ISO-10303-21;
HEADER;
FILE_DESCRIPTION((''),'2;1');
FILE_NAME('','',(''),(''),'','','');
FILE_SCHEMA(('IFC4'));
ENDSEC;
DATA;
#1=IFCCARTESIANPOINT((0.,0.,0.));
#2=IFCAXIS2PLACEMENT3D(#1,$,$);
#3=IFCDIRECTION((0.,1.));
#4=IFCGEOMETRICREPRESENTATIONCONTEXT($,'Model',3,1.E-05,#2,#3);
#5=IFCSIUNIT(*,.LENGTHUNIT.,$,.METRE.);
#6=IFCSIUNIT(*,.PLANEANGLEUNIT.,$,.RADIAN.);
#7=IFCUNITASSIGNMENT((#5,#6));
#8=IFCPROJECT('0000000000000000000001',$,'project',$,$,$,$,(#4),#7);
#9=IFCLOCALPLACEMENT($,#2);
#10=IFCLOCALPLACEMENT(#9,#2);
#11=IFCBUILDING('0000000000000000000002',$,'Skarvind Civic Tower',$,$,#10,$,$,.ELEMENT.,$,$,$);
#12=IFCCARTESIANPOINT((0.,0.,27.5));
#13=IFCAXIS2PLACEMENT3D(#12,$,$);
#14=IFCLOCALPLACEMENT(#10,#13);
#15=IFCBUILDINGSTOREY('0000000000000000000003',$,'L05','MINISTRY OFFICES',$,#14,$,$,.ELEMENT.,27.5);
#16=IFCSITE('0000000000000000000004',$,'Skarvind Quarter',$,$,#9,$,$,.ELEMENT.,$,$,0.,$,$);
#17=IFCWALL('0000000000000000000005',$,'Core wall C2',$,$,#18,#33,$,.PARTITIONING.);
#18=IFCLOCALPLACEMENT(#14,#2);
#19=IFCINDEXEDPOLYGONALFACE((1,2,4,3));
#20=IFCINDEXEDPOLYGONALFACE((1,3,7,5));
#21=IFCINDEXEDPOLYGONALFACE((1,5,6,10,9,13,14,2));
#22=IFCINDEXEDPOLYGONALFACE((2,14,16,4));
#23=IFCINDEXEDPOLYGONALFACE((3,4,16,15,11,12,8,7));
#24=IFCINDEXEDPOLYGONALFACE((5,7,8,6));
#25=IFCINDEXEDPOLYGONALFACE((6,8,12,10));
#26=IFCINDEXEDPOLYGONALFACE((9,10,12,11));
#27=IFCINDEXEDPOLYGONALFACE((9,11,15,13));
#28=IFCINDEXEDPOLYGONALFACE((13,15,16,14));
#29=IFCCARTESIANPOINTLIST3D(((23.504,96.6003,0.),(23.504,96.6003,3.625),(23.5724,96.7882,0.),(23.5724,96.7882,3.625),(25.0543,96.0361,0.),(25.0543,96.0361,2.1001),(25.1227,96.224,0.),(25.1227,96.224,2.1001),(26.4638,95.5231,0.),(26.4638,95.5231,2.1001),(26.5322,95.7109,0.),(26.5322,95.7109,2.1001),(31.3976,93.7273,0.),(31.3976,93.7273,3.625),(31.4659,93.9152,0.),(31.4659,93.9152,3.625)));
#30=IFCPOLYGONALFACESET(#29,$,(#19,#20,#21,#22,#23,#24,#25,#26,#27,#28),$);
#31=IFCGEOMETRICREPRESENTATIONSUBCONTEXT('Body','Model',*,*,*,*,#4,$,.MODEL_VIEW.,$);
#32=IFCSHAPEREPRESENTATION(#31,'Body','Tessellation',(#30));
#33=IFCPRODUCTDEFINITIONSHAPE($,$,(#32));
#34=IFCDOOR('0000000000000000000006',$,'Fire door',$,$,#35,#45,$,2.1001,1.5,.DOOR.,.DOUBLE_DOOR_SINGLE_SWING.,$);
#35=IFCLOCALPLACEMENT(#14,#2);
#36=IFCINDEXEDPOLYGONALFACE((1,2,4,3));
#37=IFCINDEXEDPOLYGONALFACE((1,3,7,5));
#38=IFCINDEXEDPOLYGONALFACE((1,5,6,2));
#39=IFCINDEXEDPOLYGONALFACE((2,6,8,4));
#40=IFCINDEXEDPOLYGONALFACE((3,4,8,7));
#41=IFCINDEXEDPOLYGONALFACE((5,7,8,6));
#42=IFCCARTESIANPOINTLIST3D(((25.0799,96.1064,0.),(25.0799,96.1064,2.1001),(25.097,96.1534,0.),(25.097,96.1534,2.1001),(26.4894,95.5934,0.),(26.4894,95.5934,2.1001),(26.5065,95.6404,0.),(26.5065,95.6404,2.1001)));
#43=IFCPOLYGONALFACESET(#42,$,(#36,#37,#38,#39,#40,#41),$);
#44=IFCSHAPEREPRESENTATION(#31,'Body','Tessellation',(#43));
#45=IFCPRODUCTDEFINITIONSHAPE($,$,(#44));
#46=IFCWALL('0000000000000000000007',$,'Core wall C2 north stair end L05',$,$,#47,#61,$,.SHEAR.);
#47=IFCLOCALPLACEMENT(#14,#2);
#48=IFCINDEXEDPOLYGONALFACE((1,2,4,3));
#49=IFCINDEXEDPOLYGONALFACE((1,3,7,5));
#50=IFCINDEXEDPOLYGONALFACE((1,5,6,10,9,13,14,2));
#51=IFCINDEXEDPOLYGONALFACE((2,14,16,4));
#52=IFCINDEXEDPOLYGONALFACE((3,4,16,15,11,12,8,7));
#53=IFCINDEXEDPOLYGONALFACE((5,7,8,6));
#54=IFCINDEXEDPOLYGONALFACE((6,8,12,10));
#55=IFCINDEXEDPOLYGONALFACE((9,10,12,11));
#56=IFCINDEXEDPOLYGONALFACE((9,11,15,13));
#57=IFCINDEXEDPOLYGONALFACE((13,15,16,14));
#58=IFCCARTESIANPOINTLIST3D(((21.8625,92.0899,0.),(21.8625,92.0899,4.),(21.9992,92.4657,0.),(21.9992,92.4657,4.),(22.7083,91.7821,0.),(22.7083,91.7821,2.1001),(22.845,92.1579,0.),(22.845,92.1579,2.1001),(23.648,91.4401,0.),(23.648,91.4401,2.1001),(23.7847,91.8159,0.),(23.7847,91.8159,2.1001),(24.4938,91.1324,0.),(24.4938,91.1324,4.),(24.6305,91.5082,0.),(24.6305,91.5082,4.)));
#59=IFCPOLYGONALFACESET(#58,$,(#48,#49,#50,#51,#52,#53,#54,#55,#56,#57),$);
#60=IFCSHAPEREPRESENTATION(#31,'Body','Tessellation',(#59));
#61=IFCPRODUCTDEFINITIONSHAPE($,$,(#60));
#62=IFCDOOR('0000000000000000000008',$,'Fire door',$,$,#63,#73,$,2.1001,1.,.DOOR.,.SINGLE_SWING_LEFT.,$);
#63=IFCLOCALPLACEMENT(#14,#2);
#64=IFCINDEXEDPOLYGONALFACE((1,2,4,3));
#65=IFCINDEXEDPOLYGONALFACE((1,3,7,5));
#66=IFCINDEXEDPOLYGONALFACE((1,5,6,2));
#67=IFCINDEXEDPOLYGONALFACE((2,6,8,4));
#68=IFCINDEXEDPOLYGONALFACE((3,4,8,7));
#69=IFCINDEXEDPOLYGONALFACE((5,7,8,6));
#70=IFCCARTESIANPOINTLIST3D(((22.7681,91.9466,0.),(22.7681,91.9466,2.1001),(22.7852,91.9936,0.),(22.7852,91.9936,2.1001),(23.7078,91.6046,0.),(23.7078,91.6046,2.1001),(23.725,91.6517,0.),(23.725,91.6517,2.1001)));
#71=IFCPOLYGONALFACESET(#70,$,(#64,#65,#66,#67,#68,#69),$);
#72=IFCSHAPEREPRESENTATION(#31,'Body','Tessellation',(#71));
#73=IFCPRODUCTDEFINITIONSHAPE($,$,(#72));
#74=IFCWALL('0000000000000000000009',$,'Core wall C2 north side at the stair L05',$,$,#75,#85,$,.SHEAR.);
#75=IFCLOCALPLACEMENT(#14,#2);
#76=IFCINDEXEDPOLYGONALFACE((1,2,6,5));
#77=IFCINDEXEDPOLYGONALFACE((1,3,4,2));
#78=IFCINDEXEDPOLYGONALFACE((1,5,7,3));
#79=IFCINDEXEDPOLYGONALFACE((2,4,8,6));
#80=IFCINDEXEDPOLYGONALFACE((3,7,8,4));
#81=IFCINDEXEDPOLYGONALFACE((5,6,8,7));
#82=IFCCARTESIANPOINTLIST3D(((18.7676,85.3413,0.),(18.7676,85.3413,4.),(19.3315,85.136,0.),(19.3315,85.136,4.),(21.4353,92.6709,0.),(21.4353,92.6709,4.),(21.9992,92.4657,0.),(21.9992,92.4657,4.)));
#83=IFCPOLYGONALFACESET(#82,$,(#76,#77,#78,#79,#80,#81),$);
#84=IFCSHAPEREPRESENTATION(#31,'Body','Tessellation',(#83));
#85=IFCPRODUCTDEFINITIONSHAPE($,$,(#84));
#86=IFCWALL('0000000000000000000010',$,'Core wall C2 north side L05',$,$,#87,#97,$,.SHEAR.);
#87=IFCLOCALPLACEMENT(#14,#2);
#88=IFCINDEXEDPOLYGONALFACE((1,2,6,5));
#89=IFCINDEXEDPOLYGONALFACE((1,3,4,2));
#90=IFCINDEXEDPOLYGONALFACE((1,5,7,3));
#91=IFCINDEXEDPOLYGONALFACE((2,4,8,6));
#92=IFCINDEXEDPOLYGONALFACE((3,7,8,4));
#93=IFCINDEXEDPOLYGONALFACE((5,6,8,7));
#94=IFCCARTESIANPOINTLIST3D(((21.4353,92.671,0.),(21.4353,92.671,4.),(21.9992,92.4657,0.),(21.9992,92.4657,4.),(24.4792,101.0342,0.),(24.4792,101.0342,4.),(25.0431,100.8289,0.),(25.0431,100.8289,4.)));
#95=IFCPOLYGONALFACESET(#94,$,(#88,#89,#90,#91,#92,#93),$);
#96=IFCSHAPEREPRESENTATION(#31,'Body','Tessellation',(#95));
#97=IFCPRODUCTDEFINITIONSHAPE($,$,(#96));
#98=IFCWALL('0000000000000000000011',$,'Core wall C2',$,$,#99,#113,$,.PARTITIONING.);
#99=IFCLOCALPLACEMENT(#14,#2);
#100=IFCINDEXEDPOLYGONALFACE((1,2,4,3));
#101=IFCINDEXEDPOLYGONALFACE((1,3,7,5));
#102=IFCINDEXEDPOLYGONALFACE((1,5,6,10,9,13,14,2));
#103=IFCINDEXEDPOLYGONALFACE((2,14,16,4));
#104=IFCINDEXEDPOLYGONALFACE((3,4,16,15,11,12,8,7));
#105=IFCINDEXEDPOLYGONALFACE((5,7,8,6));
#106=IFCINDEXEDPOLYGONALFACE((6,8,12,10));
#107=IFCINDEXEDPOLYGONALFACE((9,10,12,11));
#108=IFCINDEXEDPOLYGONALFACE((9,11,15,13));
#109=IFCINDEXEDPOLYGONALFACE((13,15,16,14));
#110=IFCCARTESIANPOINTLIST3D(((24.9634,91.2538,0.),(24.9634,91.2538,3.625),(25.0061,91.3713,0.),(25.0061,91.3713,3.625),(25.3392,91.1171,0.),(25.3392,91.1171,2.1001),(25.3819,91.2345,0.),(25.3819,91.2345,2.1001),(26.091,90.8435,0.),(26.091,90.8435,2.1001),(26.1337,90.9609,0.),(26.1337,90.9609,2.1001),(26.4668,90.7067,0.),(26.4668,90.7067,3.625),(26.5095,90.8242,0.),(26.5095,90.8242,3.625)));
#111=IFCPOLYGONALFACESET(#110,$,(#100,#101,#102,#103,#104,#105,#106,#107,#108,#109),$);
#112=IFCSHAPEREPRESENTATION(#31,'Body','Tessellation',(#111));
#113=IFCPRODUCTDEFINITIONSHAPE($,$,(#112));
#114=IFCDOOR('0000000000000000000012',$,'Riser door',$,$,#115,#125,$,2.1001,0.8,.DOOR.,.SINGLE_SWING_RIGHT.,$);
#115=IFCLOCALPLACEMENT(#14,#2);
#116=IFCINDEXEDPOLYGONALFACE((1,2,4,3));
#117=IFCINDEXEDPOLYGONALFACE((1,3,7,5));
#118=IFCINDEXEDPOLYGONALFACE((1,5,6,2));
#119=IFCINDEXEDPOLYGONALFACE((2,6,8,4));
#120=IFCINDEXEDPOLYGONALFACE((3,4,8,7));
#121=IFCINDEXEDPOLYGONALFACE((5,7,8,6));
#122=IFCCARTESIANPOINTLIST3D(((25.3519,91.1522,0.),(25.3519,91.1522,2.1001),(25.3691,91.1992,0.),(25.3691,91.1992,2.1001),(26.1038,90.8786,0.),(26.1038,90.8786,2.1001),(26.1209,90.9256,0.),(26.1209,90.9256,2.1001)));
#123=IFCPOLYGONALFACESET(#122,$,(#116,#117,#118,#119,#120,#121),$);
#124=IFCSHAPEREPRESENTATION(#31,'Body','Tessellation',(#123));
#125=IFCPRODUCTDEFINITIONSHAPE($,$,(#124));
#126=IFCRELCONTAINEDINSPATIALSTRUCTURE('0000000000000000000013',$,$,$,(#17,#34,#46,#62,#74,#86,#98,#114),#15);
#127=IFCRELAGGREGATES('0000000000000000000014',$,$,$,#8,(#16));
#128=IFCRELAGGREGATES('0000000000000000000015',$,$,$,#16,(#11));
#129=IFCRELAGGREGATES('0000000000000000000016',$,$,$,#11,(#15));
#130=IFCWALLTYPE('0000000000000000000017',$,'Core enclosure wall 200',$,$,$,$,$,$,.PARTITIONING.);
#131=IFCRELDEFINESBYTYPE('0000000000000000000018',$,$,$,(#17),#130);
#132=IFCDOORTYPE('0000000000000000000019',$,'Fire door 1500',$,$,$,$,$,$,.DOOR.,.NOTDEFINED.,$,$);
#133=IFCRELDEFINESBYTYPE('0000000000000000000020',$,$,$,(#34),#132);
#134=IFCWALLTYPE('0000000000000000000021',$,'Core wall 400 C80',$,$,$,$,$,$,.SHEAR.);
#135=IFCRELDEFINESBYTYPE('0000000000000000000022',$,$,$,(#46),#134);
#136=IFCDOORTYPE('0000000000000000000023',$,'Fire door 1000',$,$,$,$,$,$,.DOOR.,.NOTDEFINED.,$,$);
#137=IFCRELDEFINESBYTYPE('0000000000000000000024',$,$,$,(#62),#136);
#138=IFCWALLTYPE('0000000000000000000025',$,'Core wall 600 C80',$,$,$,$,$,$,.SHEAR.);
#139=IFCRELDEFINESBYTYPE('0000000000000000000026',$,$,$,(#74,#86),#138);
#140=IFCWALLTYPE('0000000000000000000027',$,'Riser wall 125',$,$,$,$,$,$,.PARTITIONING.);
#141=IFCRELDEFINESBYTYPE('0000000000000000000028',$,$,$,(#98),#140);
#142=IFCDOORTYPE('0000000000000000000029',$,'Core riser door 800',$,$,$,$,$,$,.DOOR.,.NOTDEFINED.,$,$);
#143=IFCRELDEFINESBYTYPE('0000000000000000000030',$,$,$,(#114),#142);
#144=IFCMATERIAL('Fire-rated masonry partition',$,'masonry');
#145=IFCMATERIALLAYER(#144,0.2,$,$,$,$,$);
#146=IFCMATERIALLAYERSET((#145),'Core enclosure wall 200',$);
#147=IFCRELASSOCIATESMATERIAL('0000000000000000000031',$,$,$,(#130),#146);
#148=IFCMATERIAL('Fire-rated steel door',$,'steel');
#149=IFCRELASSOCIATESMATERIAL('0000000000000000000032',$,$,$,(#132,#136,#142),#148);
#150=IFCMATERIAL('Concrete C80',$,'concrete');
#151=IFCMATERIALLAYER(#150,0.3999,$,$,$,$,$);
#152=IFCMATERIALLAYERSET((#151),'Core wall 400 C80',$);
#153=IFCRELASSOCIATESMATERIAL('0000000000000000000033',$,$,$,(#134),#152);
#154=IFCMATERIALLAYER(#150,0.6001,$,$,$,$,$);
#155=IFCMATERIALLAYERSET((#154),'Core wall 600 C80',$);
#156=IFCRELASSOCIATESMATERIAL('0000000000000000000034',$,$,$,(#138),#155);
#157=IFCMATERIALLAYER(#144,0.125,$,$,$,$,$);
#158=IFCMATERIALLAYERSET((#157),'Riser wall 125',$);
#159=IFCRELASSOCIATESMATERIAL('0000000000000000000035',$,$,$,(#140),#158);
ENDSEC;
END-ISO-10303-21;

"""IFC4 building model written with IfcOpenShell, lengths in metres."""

from ifc_helpers import new_model, si_unit, direction, frame, frame_2d, origin, place, context, subcontext, project, spatial, rectangle, extrude, material, layer, layer_set, type_object, element, fill, save


model = new_model("IFC4")

# Units and contexts
model_context = context("Model", 3, precision=1e-05, world=origin(), true_north=direction((0.0, 1.0)))
body_context = subcontext(model_context, "Body", "Model", "MODEL_VIEW")
ifc_project = project(units=[si_unit("LENGTHUNIT", "METRE"), si_unit("PLANEANGLEUNIT", "RADIAN")], contexts=[model_context])

# Site, building, storey
site_placement = place(None, origin())
site = spatial("IfcSite", under=ifc_project, at=site_placement, Name="Skarvind Quarter", CompositionType="ELEMENT", RefElevation=0.0)
building_placement = place(site_placement, origin())
building = spatial("IfcBuilding", under=site, at=building_placement, Name="Skarvind Civic Tower", CompositionType="ELEMENT")
storey_placement = place(building_placement, frame((0.0, 0.0, 27.5)))
storey = spatial("IfcBuildingStorey", under=building, at=storey_placement, Name="L05", Description="MINISTRY OFFICES", CompositionType="ELEMENT", Elevation=27.5)

# Walls, openings, doors
ifc_material_1 = material(Name="Fire-rated masonry partition", Category="masonry")
ifc_layer_1 = layer(ifc_material_1, 0.2)
ifc_layer_set_1 = layer_set([ifc_layer_1], Name="Core enclosure wall 200")
wall_type_1 = type_object("IfcWallType", Name="Core enclosure wall 200", PredefinedType="PARTITIONING", material=ifc_layer_set_1)
wall_1_placement = place(storey_placement, frame((23.5381, 96.6943, 0.0), z_axis=(0.0, 0.0, 1.0), x_axis=(0.939692, -0.342023, 0.0)))
wall_1 = element("IfcWall", 1, at=wall_1_placement, inside=storey, type_object=wall_type_1, Name="Core wall C2", PredefinedType="PARTITIONING", context=body_context, shape_type="SweptSolid", body=[
    extrude(rectangle(XDim=8.4001, YDim=0.2, at=frame_2d((4.2002, 0.0))), origin(), (0.0, 0.0, 1.0), 3.625),
])
opening_1_placement = place(wall_1_placement, frame((1.6499, 0.0, 0.0)))
opening_1 = element("IfcOpeningElement", 2, at=opening_1_placement, cuts=wall_1, PredefinedType="OPENING", context=body_context, shape_type="SweptSolid", body=[
    extrude(rectangle(XDim=1.5, YDim=2.1001, at=frame_2d((0.75, 1.05))), frame((0.0, 0.1099, 0.0), z_axis=(0.0, -1.0, 0.0), x_axis=(1.0, 0.0, 0.0)), (0.0, 0.0, 1.0), 0.22),
])
ifc_material_2 = material(Name="Fire-rated steel door", Category="steel")
door_type_1 = type_object("IfcDoorType", Name="Fire door 1500", OperationType="NOTDEFINED", PredefinedType="DOOR", material=ifc_material_2)
door_1_placement = place(opening_1_placement, origin())
door_1 = element("IfcDoor", 3, at=door_1_placement, inside=storey, type_object=door_type_1, Name="Fire door", OperationType="DOUBLE_DOOR_SINGLE_SWING", OverallHeight=2.1001, OverallWidth=1.5, PredefinedType="DOOR", context=body_context, shape_type="SweptSolid", body=[
    extrude(rectangle(XDim=1.5, YDim=2.1001, at=frame_2d((0.75, 1.05))), frame((0.0, 0.0249, 0.0), z_axis=(0.0, -1.0, 0.0), x_axis=(1.0, 0.0, 0.0)), (0.0, 0.0, 1.0), 0.05),
])
fill(opening_1, door_1)
ifc_material_3 = material(Name="Concrete C80", Category="concrete")
ifc_layer_2 = layer(ifc_material_3, 0.3999)
ifc_layer_set_2 = layer_set([ifc_layer_2], Name="Core wall 400 C80")
wall_type_2 = type_object("IfcWallType", Name="Core wall 400 C80", PredefinedType="SHEAR", material=ifc_layer_set_2)
wall_2_placement = place(storey_placement, frame((24.562, 91.3203, 0.0), z_axis=(0.0, 0.0, 1.0), x_axis=(-0.939717, 0.341953, 0.0)))
wall_2 = element("IfcWall", 4, at=wall_2_placement, inside=storey, type_object=wall_type_2, Name="Core wall C2 north stair end L05", PredefinedType="SHEAR", context=body_context, shape_type="SweptSolid", body=[
    extrude(rectangle(XDim=2.8, YDim=0.3999, at=frame_2d((1.3999, 0.0))), origin(), (0.0, 0.0, 1.0), 4.0),
])
opening_2_placement = place(wall_2_placement, frame((0.8999, 0.0, 0.0)))
opening_2 = element("IfcOpeningElement", 5, at=opening_2_placement, cuts=wall_2, PredefinedType="OPENING", context=body_context, shape_type="SweptSolid", body=[
    extrude(rectangle(XDim=1.0, YDim=2.1001, at=frame_2d((0.5, 1.05))), frame((0.0, 0.21, 0.0), z_axis=(0.0, -1.0, 0.0), x_axis=(1.0, 0.0, 0.0)), (0.0, 0.0, 1.0), 0.4199),
])
door_type_2 = type_object("IfcDoorType", Name="Fire door 1000", OperationType="NOTDEFINED", PredefinedType="DOOR", material=ifc_material_2)
door_2_placement = place(opening_2_placement, origin())
door_2 = element("IfcDoor", 6, at=door_2_placement, inside=storey, type_object=door_type_2, Name="Fire door", OperationType="SINGLE_SWING_LEFT", OverallHeight=2.1001, OverallWidth=1.0, PredefinedType="DOOR", context=body_context, shape_type="SweptSolid", body=[
    extrude(rectangle(XDim=1.0, YDim=2.1001, at=frame_2d((0.5, 1.05))), frame((0.0, 0.0249, 0.0), z_axis=(0.0, -1.0, 0.0), x_axis=(1.0, 0.0, 0.0)), (0.0, 0.0, 1.0), 0.05),
])
fill(opening_2, door_2)

# Walls
ifc_layer_3 = layer(ifc_material_3, 0.6001)
ifc_layer_set_3 = layer_set([ifc_layer_3], Name="Core wall 600 C80")
wall_type_3 = type_object("IfcWallType", Name="Core wall 600 C80", PredefinedType="SHEAR", material=ifc_layer_set_3)
wall_3_placement = place(storey_placement, frame((19.0496, 85.2388, 0.0), z_axis=(0.0, 0.0, 1.0), x_axis=(0.342017, 0.939694, 0.0)))
element("IfcWall", 7, at=wall_3_placement, inside=storey, type_object=wall_type_3, Name="Core wall C2 north side at the stair L05", PredefinedType="SHEAR", context=body_context, shape_type="SweptSolid", body=[
    extrude(rectangle(XDim=7.8, YDim=0.6001, at=frame_2d((3.8999, 0.0))), origin(), (0.0, 0.0, 1.0), 4.0),
])
wall_4_placement = place(storey_placement, frame((21.7173, 92.5684, 0.0), z_axis=(0.0, 0.0, 1.0), x_axis=(0.342016, 0.939694, 0.0)))
element("IfcWall", 8, at=wall_4_placement, inside=storey, type_object=wall_type_3, Name="Core wall C2 north side L05", PredefinedType="SHEAR", context=body_context, shape_type="SweptSolid", body=[
    extrude(rectangle(XDim=8.8999, YDim=0.6001, at=frame_2d((4.45, 0.0))), origin(), (0.0, 0.0, 1.0), 4.0),
])

# Wall, opening, door
ifc_layer_4 = layer(ifc_material_1, 0.125)
ifc_layer_set_4 = layer_set([ifc_layer_4], Name="Riser wall 125")
wall_type_4 = type_object("IfcWallType", Name="Riser wall 125", PredefinedType="PARTITIONING", material=ifc_layer_set_4)
wall_5_placement = place(storey_placement, frame((24.9849, 91.3125, 0.0), z_axis=(0.0, 0.0, 1.0), x_axis=(0.939709, -0.341976, 0.0)))
wall_5 = element("IfcWall", 9, at=wall_5_placement, inside=storey, type_object=wall_type_4, Name="Core wall C2", PredefinedType="PARTITIONING", context=body_context, shape_type="SweptSolid", body=[
    extrude(rectangle(XDim=1.5999, YDim=0.125, at=frame_2d((0.7998, 0.0))), origin(), (0.0, 0.0, 1.0), 3.625),
])
opening_3_placement = place(wall_5_placement, frame((0.3999, 0.0, 0.0)))
opening_3 = element("IfcOpeningElement", 10, at=opening_3_placement, cuts=wall_5, PredefinedType="OPENING", context=body_context, shape_type="SweptSolid", body=[
    extrude(rectangle(XDim=0.8, YDim=2.1001, at=frame_2d((0.3999, 1.05))), frame((0.0, 0.0725, 0.0), z_axis=(0.0, -1.0, 0.0), x_axis=(1.0, 0.0, 0.0)), (0.0, 0.0, 1.0), 0.145),
])
door_type_3 = type_object("IfcDoorType", Name="Core riser door 800", OperationType="NOTDEFINED", PredefinedType="DOOR", material=ifc_material_2)
door_3_placement = place(opening_3_placement, origin())
door_3 = element("IfcDoor", 11, at=door_3_placement, inside=storey, type_object=door_type_3, Name="Riser door", OperationType="SINGLE_SWING_RIGHT", OverallHeight=2.1001, OverallWidth=0.8, PredefinedType="DOOR", context=body_context, shape_type="SweptSolid", body=[
    extrude(rectangle(XDim=0.8, YDim=2.1001, at=frame_2d((0.3999, 1.05))), frame((0.0, 0.0249, 0.0), z_axis=(0.0, -1.0, 0.0), x_axis=(1.0, 0.0, 0.0)), (0.0, 0.0, 1.0), 0.05),
])
fill(opening_3, door_3)

save(model, "model.ifc")
